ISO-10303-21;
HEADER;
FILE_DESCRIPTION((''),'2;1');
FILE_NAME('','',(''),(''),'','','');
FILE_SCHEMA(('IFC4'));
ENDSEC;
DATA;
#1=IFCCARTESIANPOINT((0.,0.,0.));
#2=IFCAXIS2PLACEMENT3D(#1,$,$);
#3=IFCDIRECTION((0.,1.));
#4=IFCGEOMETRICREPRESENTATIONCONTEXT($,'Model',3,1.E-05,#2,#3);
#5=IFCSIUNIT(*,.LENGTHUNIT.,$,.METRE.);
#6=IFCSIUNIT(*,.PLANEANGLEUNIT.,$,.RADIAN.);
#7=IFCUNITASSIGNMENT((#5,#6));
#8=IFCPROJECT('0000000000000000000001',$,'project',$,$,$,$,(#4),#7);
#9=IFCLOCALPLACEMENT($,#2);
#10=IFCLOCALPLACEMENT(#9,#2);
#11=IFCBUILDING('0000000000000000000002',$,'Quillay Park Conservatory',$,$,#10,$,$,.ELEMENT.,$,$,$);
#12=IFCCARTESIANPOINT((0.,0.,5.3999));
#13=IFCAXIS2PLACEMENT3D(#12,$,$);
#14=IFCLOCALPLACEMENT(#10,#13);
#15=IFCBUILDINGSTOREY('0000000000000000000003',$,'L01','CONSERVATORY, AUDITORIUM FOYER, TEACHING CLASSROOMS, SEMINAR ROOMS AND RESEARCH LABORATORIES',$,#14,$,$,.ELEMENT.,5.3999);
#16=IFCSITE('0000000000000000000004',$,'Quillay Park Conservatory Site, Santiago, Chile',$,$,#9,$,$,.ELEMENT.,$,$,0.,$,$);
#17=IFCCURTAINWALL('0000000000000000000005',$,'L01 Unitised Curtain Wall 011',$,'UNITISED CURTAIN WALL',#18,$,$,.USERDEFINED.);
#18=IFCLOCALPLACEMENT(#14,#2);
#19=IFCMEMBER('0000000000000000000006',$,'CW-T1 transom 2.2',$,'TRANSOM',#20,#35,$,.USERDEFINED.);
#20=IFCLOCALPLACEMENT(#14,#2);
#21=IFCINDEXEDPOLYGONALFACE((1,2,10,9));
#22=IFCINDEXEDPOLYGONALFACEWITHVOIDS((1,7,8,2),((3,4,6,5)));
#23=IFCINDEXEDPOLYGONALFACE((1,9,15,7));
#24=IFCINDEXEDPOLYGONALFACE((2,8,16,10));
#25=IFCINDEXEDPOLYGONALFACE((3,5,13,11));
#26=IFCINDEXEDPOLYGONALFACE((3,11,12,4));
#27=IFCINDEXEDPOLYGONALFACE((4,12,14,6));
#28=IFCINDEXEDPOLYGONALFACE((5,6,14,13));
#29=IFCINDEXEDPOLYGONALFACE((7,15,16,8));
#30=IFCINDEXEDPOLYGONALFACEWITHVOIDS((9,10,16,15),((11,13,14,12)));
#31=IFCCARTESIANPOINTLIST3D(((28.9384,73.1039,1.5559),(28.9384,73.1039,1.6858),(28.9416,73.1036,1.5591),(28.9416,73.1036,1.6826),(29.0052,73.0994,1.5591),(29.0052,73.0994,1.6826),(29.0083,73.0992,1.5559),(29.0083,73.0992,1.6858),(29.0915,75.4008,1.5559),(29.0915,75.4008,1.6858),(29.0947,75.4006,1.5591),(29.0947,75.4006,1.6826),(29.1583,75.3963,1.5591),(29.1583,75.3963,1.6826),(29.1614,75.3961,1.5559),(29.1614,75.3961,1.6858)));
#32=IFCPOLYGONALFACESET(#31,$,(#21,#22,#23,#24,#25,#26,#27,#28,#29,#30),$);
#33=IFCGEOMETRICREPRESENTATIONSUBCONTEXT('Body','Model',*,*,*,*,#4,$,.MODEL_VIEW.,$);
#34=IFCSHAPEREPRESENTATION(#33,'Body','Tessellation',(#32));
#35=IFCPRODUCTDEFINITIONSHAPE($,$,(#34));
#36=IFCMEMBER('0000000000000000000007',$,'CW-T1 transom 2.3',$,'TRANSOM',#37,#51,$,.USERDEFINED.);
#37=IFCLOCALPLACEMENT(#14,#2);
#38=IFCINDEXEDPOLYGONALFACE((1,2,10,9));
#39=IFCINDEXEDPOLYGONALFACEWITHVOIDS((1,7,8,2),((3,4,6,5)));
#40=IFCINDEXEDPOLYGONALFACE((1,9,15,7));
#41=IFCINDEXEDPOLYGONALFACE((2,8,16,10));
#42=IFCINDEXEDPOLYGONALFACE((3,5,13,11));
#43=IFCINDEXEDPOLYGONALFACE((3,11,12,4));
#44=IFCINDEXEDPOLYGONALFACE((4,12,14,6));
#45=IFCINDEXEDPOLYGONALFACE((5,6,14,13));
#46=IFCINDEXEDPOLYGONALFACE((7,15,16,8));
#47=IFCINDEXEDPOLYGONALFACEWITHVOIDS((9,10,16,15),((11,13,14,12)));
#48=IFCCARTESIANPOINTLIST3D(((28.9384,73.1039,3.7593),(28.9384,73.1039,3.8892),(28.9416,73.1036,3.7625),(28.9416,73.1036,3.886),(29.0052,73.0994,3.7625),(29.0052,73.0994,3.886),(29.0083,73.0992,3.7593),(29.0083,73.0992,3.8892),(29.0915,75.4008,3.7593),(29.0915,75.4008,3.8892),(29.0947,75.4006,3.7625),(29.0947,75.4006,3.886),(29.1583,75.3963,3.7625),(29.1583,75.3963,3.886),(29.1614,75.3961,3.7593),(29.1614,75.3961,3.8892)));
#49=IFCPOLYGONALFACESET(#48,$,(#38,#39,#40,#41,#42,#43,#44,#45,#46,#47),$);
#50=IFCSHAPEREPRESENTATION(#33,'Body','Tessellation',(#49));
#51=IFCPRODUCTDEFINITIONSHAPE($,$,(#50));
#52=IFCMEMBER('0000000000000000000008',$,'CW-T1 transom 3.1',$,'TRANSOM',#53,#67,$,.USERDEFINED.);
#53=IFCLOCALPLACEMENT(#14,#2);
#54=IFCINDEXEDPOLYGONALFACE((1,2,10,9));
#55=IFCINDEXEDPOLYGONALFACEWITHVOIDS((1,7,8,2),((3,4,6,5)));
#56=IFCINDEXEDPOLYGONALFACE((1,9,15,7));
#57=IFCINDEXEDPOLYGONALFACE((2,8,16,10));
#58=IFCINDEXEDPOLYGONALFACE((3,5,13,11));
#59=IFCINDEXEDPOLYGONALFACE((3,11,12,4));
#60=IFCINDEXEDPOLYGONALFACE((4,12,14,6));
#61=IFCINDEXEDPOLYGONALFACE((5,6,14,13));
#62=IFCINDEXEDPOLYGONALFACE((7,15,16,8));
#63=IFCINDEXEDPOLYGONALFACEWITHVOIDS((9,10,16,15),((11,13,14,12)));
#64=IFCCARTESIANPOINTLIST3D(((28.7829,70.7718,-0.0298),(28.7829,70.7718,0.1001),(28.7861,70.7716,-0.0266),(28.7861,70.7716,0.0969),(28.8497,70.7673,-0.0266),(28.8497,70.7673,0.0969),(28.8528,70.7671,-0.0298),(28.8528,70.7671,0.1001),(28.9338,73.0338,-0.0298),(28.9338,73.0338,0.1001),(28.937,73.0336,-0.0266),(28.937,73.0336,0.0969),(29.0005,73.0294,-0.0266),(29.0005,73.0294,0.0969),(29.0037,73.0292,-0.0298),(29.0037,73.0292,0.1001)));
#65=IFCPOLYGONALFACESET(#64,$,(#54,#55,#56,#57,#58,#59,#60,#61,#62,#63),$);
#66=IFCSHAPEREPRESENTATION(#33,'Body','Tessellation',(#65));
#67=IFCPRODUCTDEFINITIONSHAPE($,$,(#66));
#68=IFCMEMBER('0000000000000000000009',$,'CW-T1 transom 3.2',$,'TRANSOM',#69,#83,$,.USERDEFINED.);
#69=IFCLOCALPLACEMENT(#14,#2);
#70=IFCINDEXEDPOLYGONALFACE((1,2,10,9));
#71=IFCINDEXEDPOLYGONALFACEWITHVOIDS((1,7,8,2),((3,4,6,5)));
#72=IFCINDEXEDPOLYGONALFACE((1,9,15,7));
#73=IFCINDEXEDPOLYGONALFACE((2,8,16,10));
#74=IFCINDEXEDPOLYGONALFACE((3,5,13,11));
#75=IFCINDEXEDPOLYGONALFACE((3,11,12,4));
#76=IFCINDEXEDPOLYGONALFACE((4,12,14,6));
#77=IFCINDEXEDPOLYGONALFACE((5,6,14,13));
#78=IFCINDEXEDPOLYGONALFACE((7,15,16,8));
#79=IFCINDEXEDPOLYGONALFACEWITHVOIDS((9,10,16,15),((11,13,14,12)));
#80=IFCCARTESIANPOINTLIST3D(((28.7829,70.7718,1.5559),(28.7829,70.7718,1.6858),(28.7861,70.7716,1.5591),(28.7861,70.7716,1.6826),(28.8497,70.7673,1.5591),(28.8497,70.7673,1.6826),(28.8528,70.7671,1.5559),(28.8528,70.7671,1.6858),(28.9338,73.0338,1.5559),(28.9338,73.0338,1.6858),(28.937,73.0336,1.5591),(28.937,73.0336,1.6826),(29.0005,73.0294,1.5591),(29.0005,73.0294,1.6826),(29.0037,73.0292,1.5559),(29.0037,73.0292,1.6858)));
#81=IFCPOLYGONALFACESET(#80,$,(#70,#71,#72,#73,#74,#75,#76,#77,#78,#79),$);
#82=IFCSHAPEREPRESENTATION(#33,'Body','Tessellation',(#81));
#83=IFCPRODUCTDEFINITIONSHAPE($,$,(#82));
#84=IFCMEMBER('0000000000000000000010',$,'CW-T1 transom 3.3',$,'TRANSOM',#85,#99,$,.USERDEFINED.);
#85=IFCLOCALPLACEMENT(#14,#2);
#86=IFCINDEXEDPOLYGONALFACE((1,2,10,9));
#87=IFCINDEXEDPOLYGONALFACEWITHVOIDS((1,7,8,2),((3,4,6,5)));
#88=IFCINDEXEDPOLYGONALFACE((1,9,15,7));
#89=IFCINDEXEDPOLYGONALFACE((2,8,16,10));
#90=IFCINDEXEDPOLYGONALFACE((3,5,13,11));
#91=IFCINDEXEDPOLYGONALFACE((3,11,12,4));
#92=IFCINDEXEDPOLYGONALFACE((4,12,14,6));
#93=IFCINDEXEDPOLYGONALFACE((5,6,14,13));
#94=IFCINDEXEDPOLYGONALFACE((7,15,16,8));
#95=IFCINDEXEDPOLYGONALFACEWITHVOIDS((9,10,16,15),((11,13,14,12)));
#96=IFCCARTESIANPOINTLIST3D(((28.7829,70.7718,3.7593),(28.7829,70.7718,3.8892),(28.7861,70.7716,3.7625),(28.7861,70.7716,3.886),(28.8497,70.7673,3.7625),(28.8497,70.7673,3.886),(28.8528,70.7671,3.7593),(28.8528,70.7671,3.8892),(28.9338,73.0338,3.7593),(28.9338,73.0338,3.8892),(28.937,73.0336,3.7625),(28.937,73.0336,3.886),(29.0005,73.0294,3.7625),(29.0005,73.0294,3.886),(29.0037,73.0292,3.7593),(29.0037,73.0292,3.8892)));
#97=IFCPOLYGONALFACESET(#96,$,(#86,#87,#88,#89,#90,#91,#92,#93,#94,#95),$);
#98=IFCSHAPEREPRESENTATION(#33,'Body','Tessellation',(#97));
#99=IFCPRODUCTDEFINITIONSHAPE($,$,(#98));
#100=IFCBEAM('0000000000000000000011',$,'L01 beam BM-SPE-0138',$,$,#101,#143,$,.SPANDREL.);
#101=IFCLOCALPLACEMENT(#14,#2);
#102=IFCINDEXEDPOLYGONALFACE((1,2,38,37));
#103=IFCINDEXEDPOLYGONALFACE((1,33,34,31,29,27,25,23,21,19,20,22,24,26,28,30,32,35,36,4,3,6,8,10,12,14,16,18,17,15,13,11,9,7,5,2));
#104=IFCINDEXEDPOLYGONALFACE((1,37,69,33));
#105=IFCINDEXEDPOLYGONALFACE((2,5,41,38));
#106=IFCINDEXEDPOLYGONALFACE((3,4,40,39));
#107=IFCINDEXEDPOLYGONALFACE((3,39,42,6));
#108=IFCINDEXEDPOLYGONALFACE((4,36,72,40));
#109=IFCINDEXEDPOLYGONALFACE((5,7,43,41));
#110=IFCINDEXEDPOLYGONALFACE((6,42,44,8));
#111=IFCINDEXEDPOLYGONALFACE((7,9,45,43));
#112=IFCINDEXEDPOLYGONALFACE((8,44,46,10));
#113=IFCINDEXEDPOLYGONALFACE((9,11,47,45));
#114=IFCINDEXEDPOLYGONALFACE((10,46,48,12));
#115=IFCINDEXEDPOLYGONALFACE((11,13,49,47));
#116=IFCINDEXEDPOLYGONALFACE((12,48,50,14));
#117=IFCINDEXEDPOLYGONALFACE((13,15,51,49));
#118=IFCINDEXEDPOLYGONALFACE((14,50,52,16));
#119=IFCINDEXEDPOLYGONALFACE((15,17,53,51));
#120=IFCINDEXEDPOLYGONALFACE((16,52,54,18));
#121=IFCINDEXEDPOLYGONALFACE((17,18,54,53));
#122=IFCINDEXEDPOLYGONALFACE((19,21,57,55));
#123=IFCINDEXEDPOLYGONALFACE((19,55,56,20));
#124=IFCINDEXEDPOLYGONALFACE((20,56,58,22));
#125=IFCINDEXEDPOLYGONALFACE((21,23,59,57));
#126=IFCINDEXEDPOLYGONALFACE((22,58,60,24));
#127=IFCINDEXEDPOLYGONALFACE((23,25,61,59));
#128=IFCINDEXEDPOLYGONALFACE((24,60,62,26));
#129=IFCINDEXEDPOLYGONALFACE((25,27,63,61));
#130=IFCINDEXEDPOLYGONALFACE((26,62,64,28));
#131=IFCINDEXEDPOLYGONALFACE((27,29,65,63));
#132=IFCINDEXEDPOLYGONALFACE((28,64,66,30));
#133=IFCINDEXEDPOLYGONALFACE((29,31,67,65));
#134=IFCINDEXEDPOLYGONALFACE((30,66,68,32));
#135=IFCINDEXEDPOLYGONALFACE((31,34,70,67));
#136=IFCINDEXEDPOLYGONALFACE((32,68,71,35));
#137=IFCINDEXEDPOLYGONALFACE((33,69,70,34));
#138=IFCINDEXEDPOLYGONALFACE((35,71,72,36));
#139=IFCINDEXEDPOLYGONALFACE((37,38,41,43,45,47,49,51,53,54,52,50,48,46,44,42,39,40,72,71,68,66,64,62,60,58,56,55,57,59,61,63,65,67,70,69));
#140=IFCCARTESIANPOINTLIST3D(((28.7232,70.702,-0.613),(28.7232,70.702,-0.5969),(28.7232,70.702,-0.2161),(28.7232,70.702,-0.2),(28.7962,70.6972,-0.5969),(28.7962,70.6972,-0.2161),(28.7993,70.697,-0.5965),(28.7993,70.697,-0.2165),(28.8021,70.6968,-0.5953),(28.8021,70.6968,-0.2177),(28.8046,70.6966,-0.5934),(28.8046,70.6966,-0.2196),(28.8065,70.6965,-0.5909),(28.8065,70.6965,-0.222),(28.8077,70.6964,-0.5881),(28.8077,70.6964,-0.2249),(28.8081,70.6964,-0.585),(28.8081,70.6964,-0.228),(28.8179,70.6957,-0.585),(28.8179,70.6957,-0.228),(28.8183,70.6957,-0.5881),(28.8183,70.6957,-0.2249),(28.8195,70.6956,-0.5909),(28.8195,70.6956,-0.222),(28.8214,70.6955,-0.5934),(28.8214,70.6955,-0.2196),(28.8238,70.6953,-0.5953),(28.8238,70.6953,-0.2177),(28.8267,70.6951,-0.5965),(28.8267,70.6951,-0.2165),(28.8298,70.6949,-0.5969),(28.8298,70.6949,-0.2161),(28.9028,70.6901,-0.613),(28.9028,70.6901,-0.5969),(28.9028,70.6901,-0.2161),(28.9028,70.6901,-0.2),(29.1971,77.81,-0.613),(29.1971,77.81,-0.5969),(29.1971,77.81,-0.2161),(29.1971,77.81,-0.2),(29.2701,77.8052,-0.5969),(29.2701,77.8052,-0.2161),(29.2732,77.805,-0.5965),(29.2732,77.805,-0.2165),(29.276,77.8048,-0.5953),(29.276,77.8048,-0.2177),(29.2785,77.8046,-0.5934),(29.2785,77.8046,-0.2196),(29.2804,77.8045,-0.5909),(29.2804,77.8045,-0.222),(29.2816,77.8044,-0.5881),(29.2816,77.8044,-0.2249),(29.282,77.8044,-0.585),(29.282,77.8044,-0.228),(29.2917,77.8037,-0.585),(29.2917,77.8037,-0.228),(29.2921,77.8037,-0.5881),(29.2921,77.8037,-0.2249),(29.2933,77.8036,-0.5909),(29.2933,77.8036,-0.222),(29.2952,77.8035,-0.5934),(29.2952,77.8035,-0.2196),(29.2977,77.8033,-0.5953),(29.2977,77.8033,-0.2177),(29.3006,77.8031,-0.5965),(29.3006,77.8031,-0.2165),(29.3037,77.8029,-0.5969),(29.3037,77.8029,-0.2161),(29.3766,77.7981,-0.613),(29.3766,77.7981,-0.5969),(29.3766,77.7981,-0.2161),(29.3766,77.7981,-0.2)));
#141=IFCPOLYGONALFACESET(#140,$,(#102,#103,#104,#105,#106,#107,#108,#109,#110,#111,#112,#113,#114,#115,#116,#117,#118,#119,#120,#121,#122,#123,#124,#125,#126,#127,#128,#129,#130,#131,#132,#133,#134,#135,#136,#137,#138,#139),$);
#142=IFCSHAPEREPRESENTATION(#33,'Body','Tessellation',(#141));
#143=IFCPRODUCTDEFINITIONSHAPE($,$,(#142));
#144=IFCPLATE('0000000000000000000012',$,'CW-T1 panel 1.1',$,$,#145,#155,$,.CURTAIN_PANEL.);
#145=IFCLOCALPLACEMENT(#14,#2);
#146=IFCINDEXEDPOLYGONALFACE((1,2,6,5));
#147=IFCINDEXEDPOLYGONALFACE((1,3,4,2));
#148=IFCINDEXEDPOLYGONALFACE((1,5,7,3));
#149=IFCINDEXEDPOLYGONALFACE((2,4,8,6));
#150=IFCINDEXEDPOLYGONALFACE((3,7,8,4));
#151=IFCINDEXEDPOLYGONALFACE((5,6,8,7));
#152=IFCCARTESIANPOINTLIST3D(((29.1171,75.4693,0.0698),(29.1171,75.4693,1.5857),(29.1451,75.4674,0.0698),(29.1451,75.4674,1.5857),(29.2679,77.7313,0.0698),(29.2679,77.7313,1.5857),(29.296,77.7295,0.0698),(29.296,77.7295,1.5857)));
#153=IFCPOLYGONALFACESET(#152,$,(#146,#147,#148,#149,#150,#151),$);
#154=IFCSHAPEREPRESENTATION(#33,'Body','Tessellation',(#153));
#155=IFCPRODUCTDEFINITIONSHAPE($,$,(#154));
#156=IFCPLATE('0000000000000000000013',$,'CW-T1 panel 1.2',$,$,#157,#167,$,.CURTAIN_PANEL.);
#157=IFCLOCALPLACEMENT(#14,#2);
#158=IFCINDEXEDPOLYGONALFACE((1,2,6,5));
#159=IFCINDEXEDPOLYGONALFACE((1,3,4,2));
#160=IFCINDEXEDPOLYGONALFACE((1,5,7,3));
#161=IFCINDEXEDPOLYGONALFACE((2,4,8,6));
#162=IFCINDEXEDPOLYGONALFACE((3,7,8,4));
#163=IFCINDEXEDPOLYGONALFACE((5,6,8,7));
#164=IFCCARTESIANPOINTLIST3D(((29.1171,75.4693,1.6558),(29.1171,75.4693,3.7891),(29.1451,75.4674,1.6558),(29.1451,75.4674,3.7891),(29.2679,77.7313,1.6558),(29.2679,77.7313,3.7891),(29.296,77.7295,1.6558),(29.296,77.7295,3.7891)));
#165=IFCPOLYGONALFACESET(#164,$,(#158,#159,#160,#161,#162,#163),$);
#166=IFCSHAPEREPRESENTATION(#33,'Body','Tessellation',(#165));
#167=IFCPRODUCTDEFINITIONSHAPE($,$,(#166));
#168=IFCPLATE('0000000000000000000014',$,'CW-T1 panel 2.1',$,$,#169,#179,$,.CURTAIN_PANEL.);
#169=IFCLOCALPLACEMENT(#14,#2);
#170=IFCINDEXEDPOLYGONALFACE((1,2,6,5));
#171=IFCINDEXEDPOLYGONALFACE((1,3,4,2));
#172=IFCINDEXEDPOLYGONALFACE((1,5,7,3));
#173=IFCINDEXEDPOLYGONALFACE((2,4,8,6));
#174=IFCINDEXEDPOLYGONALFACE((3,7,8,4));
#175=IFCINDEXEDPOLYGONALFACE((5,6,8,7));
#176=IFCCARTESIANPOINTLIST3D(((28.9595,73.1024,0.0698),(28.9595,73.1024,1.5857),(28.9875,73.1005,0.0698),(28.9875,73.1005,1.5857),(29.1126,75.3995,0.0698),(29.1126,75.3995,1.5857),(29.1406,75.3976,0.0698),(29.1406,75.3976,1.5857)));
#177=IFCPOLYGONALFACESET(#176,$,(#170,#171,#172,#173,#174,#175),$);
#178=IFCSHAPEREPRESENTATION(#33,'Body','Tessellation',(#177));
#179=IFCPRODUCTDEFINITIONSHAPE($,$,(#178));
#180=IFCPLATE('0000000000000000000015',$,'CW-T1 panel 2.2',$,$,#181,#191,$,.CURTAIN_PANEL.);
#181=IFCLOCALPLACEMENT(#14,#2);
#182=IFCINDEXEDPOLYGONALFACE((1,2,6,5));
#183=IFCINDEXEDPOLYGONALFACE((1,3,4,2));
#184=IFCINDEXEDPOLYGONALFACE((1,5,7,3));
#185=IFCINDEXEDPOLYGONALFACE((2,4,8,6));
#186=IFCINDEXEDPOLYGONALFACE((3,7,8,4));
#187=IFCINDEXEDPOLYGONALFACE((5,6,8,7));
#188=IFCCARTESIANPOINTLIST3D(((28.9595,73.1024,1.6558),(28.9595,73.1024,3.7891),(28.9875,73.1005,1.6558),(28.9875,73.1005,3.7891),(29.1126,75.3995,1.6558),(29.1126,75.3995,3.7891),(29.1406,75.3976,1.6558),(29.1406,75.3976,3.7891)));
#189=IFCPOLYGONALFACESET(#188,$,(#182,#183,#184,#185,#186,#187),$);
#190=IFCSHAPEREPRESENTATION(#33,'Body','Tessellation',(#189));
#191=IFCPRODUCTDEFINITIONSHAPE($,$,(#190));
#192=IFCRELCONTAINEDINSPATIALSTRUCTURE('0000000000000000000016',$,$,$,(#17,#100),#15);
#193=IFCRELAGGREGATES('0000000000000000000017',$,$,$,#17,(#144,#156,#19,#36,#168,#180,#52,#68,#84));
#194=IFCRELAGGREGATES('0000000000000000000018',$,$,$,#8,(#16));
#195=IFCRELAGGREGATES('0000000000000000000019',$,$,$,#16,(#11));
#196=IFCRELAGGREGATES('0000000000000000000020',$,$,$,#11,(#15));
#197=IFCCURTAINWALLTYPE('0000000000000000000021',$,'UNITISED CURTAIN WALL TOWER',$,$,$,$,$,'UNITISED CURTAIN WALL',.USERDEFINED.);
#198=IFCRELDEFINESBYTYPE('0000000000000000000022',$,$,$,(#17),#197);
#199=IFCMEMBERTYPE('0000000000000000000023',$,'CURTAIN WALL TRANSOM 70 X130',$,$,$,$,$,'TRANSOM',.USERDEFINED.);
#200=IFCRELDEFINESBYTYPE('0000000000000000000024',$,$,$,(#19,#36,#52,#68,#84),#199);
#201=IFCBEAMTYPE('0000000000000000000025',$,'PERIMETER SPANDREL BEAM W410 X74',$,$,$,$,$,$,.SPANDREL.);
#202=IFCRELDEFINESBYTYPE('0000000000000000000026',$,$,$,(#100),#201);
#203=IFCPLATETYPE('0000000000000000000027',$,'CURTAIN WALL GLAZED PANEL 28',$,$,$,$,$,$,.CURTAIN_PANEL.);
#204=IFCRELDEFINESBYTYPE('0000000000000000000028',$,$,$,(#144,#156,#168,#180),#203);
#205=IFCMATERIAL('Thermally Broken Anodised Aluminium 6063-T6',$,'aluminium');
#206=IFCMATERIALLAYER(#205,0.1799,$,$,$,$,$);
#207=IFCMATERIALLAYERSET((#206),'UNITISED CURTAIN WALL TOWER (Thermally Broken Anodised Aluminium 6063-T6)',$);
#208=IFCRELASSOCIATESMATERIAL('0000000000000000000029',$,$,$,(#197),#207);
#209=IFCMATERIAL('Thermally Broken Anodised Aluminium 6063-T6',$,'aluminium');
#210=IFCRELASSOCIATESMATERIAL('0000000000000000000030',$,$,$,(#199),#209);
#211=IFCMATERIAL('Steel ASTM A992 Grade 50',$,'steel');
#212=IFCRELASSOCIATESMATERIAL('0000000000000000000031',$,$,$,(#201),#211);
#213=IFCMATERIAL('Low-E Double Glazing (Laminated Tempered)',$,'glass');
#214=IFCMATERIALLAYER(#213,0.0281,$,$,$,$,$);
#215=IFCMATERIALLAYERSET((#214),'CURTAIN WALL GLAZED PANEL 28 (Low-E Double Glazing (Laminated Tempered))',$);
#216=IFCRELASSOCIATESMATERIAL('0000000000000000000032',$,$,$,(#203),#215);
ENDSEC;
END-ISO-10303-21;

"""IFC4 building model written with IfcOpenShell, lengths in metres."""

from ifc_helpers import new_model, si_unit, direction, frame, origin, origin_2d, place, context, subcontext, project, spatial, rectangle, hollow_rectangle, i_section, extrude, material, layer, layer_set, material_profile, profile_set, type_object, element, aggregate, save


model = new_model("IFC4")

# Units and contexts
model_context = context("Model", 3, precision=1e-05, world=origin(), true_north=direction((0.0, 1.0)))
body_context = subcontext(model_context, "Body", "Model", "MODEL_VIEW")
ifc_project = project(units=[si_unit("LENGTHUNIT", "METRE"), si_unit("PLANEANGLEUNIT", "RADIAN")], contexts=[model_context])

# Site, building, storey
site_placement = place(None, origin())
site = spatial("IfcSite", under=ifc_project, at=site_placement, Name="Quillay Park Conservatory Site, Santiago, Chile", CompositionType="ELEMENT", RefElevation=0.0)
building_placement = place(site_placement, origin())
building = spatial("IfcBuilding", under=site, at=building_placement, Name="Quillay Park Conservatory", CompositionType="ELEMENT")
storey_placement = place(building_placement, frame((0.0, 0.0, 5.3999)))
storey = spatial("IfcBuildingStorey", under=building, at=storey_placement, Name="L01", Description="CONSERVATORY, AUDITORIUM FOYER, TEACHING CLASSROOMS, SEMINAR ROOMS AND RESEARCH LABORATORIES", CompositionType="ELEMENT", Elevation=5.3999)

# Curtain wall, members
ifc_material_1 = material(Name="Thermally Broken Anodised Aluminium 6063-T6", Category="aluminium")
ifc_layer_1 = layer(ifc_material_1, 0.1799)
ifc_layer_set_1 = layer_set([ifc_layer_1], Name="UNITISED CURTAIN WALL TOWER (Thermally Broken Anodised Aluminium 6063-T6)")
curtain_wall_type = type_object("IfcCurtainWallType", Name="UNITISED CURTAIN WALL TOWER", ElementType="UNITISED CURTAIN WALL", PredefinedType="USERDEFINED", material=ifc_layer_set_1)
curtain_wall_placement = place(storey_placement, origin())
curtain_wall = element("IfcCurtainWall", 1, at=curtain_wall_placement, inside=storey, type_object=curtain_wall_type, Name="L01 Unitised Curtain Wall 011", ObjectType="UNITISED CURTAIN WALL", PredefinedType="USERDEFINED")
ifc_material_2 = material(Name="Thermally Broken Anodised Aluminium 6063-T6", Category="aluminium")
ifc_material_profile_1 = material_profile(ifc_material_2, hollow_rectangle(XDim=0.0701, YDim=0.1299, WallThickness=0.0032, at=origin_2d()), Name="AL70x130x3.2")
ifc_profile_set_1 = profile_set([ifc_material_profile_1], Name="Thermally Broken Anodised Aluminium 6063-T6")
member_type_1 = type_object("IfcMemberType", Name="CURTAIN WALL TRANSOM 70 X130", ElementType="TRANSOM", PredefinedType="USERDEFINED", material=ifc_profile_set_1)
member_1_placement = place(storey_placement, frame((29.1265, 75.3984, 1.6208), z_axis=(-0.066498, -0.997787, 0.0), x_axis=(0.997787, -0.066498, 0.0)))
member_1 = element("IfcMember", 2, at=member_1_placement, type_object=member_type_1, Name="CW-T1 transom 2.2", ObjectType="TRANSOM", PredefinedType="USERDEFINED", context=body_context, shape_type="SweptSolid", body=[
    extrude(hollow_rectangle(XDim=0.0701, YDim=0.1299, WallThickness=0.0032, at=origin_2d()), origin(), (0.0, 0.0, 1.0), 2.302),
])
member_2_placement = place(storey_placement, frame((29.1265, 75.3984, 3.8242), z_axis=(-0.066498, -0.997787, 0.0), x_axis=(0.997787, -0.066498, 0.0)))
member_2 = element("IfcMember", 3, at=member_2_placement, type_object=member_type_1, Name="CW-T1 transom 2.3", ObjectType="TRANSOM", PredefinedType="USERDEFINED", context=body_context, shape_type="SweptSolid", body=[
    extrude(hollow_rectangle(XDim=0.0701, YDim=0.1299, WallThickness=0.0032, at=origin_2d()), origin(), (0.0, 0.0, 1.0), 2.302),
])
member_3_placement = place(storey_placement, frame((28.9688, 73.0315, 0.0352), z_axis=(-0.066555, -0.997783, 0.0), x_axis=(0.997783, -0.066555, 0.0)))
member_3 = element("IfcMember", 4, at=member_3_placement, type_object=member_type_1, Name="CW-T1 transom 3.1", ObjectType="TRANSOM", PredefinedType="USERDEFINED", context=body_context, shape_type="SweptSolid", body=[
    extrude(hollow_rectangle(XDim=0.0701, YDim=0.1299, WallThickness=0.0032, at=origin_2d()), origin(), (0.0, 0.0, 1.0), 2.2671),
])
member_4_placement = place(storey_placement, frame((28.9688, 73.0315, 1.6208), z_axis=(-0.066555, -0.997783, 0.0), x_axis=(0.997783, -0.066555, 0.0)))
member_4 = element("IfcMember", 5, at=member_4_placement, type_object=member_type_1, Name="CW-T1 transom 3.2", ObjectType="TRANSOM", PredefinedType="USERDEFINED", context=body_context, shape_type="SweptSolid", body=[
    extrude(hollow_rectangle(XDim=0.0701, YDim=0.1299, WallThickness=0.0032, at=origin_2d()), origin(), (0.0, 0.0, 1.0), 2.2671),
])
member_5_placement = place(storey_placement, frame((28.9688, 73.0315, 3.8242), z_axis=(-0.066555, -0.997783, 0.0), x_axis=(0.997783, -0.066555, 0.0)))
member_5 = element("IfcMember", 6, at=member_5_placement, type_object=member_type_1, Name="CW-T1 transom 3.3", ObjectType="TRANSOM", PredefinedType="USERDEFINED", context=body_context, shape_type="SweptSolid", body=[
    extrude(hollow_rectangle(XDim=0.0701, YDim=0.1299, WallThickness=0.0032, at=origin_2d()), origin(), (0.0, 0.0, 1.0), 2.2671),
])

# Beam
ifc_material_3 = material(Name="Steel ASTM A992 Grade 50", Category="steel")
ifc_material_profile_2 = material_profile(ifc_material_3, i_section(OverallWidth=0.1799, OverallDepth=0.4131, WebThickness=0.0098, FlangeThickness=0.0161, FilletRadius=0.012, at=origin_2d()), Name="W410x74")
ifc_profile_set_2 = profile_set([ifc_material_profile_2], Name="Steel ASTM A992 Grade 50")
beam_type = type_object("IfcBeamType", Name="PERIMETER SPANDREL BEAM W410 X74", PredefinedType="SPANDREL", material=ifc_profile_set_2)
beam_placement = place(storey_placement, frame((28.813, 70.696, -0.4065), z_axis=(0.066521, 0.997785, 0.0), x_axis=(-0.997785, 0.066521, 0.0)))
element("IfcBeam", 7, at=beam_placement, inside=storey, type_object=beam_type, Name="L01 beam BM-SPE-0138", PredefinedType="SPANDREL", context=body_context, shape_type="SweptSolid", body=[
    extrude(i_section(OverallWidth=0.1799, OverallDepth=0.4131, WebThickness=0.0098, FlangeThickness=0.0161, FilletRadius=0.012, at=origin_2d()), origin(), (0.0, 0.0, 1.0), 7.1238),
])

# Plates
ifc_material_4 = material(Name="Low-E Double Glazing (Laminated Tempered)", Category="glass")
ifc_layer_2 = layer(ifc_material_4, 0.0281)
ifc_layer_set_2 = layer_set([ifc_layer_2], Name="CURTAIN WALL GLAZED PANEL 28 (Low-E Double Glazing (Laminated Tempered))")
plate_type = type_object("IfcPlateType", Name="CURTAIN WALL GLAZED PANEL 28", PredefinedType="CURTAIN_PANEL", material=ifc_layer_set_2)
plate_1_placement = place(storey_placement, frame((29.2065, 76.5994, 0.0698), z_axis=(0.0, 0.0, 1.0), x_axis=(-0.066521, -0.997785, 0.0)))
plate_1 = element("IfcPlate", 8, at=plate_1_placement, type_object=plate_type, Name="CW-T1 panel 1.1", PredefinedType="CURTAIN_PANEL", context=body_context, shape_type="SweptSolid", body=[
    extrude(rectangle(XDim=2.2671, YDim=0.0281, at=origin_2d()), origin(), (0.0, 0.0, 1.0), 1.5159),
])
plate_2_placement = place(storey_placement, frame((29.2065, 76.5994, 1.6558), z_axis=(0.0, 0.0, 1.0), x_axis=(-0.066521, -0.997785, 0.0)))
plate_2 = element("IfcPlate", 9, at=plate_2_placement, type_object=plate_type, Name="CW-T1 panel 1.2", PredefinedType="CURTAIN_PANEL", context=body_context, shape_type="SweptSolid", body=[
    extrude(rectangle(XDim=2.2671, YDim=0.0281, at=origin_2d()), origin(), (0.0, 0.0, 1.0), 2.1333),
])
plate_3_placement = place(storey_placement, frame((29.05, 74.25, 0.0698), z_axis=(0.0, 0.0, 1.0), x_axis=(-0.066521, -0.997785, 0.0)))
plate_3 = element("IfcPlate", 10, at=plate_3_placement, type_object=plate_type, Name="CW-T1 panel 2.1", PredefinedType="CURTAIN_PANEL", context=body_context, shape_type="SweptSolid", body=[
    extrude(rectangle(XDim=2.3022, YDim=0.0281, at=origin_2d()), origin(), (0.0, 0.0, 1.0), 1.5159),
])
plate_4_placement = place(storey_placement, frame((29.05, 74.25, 1.6558), z_axis=(0.0, 0.0, 1.0), x_axis=(-0.066521, -0.997785, 0.0)))
plate_4 = element("IfcPlate", 11, at=plate_4_placement, type_object=plate_type, Name="CW-T1 panel 2.2", PredefinedType="CURTAIN_PANEL", context=body_context, shape_type="SweptSolid", body=[
    extrude(rectangle(XDim=2.3022, YDim=0.0281, at=origin_2d()), origin(), (0.0, 0.0, 1.0), 2.1333),
])
aggregate(curtain_wall, [plate_1, plate_2, member_1, member_2, plate_3, plate_4, member_3, member_4, member_5])

save(model, "model.ifc")
